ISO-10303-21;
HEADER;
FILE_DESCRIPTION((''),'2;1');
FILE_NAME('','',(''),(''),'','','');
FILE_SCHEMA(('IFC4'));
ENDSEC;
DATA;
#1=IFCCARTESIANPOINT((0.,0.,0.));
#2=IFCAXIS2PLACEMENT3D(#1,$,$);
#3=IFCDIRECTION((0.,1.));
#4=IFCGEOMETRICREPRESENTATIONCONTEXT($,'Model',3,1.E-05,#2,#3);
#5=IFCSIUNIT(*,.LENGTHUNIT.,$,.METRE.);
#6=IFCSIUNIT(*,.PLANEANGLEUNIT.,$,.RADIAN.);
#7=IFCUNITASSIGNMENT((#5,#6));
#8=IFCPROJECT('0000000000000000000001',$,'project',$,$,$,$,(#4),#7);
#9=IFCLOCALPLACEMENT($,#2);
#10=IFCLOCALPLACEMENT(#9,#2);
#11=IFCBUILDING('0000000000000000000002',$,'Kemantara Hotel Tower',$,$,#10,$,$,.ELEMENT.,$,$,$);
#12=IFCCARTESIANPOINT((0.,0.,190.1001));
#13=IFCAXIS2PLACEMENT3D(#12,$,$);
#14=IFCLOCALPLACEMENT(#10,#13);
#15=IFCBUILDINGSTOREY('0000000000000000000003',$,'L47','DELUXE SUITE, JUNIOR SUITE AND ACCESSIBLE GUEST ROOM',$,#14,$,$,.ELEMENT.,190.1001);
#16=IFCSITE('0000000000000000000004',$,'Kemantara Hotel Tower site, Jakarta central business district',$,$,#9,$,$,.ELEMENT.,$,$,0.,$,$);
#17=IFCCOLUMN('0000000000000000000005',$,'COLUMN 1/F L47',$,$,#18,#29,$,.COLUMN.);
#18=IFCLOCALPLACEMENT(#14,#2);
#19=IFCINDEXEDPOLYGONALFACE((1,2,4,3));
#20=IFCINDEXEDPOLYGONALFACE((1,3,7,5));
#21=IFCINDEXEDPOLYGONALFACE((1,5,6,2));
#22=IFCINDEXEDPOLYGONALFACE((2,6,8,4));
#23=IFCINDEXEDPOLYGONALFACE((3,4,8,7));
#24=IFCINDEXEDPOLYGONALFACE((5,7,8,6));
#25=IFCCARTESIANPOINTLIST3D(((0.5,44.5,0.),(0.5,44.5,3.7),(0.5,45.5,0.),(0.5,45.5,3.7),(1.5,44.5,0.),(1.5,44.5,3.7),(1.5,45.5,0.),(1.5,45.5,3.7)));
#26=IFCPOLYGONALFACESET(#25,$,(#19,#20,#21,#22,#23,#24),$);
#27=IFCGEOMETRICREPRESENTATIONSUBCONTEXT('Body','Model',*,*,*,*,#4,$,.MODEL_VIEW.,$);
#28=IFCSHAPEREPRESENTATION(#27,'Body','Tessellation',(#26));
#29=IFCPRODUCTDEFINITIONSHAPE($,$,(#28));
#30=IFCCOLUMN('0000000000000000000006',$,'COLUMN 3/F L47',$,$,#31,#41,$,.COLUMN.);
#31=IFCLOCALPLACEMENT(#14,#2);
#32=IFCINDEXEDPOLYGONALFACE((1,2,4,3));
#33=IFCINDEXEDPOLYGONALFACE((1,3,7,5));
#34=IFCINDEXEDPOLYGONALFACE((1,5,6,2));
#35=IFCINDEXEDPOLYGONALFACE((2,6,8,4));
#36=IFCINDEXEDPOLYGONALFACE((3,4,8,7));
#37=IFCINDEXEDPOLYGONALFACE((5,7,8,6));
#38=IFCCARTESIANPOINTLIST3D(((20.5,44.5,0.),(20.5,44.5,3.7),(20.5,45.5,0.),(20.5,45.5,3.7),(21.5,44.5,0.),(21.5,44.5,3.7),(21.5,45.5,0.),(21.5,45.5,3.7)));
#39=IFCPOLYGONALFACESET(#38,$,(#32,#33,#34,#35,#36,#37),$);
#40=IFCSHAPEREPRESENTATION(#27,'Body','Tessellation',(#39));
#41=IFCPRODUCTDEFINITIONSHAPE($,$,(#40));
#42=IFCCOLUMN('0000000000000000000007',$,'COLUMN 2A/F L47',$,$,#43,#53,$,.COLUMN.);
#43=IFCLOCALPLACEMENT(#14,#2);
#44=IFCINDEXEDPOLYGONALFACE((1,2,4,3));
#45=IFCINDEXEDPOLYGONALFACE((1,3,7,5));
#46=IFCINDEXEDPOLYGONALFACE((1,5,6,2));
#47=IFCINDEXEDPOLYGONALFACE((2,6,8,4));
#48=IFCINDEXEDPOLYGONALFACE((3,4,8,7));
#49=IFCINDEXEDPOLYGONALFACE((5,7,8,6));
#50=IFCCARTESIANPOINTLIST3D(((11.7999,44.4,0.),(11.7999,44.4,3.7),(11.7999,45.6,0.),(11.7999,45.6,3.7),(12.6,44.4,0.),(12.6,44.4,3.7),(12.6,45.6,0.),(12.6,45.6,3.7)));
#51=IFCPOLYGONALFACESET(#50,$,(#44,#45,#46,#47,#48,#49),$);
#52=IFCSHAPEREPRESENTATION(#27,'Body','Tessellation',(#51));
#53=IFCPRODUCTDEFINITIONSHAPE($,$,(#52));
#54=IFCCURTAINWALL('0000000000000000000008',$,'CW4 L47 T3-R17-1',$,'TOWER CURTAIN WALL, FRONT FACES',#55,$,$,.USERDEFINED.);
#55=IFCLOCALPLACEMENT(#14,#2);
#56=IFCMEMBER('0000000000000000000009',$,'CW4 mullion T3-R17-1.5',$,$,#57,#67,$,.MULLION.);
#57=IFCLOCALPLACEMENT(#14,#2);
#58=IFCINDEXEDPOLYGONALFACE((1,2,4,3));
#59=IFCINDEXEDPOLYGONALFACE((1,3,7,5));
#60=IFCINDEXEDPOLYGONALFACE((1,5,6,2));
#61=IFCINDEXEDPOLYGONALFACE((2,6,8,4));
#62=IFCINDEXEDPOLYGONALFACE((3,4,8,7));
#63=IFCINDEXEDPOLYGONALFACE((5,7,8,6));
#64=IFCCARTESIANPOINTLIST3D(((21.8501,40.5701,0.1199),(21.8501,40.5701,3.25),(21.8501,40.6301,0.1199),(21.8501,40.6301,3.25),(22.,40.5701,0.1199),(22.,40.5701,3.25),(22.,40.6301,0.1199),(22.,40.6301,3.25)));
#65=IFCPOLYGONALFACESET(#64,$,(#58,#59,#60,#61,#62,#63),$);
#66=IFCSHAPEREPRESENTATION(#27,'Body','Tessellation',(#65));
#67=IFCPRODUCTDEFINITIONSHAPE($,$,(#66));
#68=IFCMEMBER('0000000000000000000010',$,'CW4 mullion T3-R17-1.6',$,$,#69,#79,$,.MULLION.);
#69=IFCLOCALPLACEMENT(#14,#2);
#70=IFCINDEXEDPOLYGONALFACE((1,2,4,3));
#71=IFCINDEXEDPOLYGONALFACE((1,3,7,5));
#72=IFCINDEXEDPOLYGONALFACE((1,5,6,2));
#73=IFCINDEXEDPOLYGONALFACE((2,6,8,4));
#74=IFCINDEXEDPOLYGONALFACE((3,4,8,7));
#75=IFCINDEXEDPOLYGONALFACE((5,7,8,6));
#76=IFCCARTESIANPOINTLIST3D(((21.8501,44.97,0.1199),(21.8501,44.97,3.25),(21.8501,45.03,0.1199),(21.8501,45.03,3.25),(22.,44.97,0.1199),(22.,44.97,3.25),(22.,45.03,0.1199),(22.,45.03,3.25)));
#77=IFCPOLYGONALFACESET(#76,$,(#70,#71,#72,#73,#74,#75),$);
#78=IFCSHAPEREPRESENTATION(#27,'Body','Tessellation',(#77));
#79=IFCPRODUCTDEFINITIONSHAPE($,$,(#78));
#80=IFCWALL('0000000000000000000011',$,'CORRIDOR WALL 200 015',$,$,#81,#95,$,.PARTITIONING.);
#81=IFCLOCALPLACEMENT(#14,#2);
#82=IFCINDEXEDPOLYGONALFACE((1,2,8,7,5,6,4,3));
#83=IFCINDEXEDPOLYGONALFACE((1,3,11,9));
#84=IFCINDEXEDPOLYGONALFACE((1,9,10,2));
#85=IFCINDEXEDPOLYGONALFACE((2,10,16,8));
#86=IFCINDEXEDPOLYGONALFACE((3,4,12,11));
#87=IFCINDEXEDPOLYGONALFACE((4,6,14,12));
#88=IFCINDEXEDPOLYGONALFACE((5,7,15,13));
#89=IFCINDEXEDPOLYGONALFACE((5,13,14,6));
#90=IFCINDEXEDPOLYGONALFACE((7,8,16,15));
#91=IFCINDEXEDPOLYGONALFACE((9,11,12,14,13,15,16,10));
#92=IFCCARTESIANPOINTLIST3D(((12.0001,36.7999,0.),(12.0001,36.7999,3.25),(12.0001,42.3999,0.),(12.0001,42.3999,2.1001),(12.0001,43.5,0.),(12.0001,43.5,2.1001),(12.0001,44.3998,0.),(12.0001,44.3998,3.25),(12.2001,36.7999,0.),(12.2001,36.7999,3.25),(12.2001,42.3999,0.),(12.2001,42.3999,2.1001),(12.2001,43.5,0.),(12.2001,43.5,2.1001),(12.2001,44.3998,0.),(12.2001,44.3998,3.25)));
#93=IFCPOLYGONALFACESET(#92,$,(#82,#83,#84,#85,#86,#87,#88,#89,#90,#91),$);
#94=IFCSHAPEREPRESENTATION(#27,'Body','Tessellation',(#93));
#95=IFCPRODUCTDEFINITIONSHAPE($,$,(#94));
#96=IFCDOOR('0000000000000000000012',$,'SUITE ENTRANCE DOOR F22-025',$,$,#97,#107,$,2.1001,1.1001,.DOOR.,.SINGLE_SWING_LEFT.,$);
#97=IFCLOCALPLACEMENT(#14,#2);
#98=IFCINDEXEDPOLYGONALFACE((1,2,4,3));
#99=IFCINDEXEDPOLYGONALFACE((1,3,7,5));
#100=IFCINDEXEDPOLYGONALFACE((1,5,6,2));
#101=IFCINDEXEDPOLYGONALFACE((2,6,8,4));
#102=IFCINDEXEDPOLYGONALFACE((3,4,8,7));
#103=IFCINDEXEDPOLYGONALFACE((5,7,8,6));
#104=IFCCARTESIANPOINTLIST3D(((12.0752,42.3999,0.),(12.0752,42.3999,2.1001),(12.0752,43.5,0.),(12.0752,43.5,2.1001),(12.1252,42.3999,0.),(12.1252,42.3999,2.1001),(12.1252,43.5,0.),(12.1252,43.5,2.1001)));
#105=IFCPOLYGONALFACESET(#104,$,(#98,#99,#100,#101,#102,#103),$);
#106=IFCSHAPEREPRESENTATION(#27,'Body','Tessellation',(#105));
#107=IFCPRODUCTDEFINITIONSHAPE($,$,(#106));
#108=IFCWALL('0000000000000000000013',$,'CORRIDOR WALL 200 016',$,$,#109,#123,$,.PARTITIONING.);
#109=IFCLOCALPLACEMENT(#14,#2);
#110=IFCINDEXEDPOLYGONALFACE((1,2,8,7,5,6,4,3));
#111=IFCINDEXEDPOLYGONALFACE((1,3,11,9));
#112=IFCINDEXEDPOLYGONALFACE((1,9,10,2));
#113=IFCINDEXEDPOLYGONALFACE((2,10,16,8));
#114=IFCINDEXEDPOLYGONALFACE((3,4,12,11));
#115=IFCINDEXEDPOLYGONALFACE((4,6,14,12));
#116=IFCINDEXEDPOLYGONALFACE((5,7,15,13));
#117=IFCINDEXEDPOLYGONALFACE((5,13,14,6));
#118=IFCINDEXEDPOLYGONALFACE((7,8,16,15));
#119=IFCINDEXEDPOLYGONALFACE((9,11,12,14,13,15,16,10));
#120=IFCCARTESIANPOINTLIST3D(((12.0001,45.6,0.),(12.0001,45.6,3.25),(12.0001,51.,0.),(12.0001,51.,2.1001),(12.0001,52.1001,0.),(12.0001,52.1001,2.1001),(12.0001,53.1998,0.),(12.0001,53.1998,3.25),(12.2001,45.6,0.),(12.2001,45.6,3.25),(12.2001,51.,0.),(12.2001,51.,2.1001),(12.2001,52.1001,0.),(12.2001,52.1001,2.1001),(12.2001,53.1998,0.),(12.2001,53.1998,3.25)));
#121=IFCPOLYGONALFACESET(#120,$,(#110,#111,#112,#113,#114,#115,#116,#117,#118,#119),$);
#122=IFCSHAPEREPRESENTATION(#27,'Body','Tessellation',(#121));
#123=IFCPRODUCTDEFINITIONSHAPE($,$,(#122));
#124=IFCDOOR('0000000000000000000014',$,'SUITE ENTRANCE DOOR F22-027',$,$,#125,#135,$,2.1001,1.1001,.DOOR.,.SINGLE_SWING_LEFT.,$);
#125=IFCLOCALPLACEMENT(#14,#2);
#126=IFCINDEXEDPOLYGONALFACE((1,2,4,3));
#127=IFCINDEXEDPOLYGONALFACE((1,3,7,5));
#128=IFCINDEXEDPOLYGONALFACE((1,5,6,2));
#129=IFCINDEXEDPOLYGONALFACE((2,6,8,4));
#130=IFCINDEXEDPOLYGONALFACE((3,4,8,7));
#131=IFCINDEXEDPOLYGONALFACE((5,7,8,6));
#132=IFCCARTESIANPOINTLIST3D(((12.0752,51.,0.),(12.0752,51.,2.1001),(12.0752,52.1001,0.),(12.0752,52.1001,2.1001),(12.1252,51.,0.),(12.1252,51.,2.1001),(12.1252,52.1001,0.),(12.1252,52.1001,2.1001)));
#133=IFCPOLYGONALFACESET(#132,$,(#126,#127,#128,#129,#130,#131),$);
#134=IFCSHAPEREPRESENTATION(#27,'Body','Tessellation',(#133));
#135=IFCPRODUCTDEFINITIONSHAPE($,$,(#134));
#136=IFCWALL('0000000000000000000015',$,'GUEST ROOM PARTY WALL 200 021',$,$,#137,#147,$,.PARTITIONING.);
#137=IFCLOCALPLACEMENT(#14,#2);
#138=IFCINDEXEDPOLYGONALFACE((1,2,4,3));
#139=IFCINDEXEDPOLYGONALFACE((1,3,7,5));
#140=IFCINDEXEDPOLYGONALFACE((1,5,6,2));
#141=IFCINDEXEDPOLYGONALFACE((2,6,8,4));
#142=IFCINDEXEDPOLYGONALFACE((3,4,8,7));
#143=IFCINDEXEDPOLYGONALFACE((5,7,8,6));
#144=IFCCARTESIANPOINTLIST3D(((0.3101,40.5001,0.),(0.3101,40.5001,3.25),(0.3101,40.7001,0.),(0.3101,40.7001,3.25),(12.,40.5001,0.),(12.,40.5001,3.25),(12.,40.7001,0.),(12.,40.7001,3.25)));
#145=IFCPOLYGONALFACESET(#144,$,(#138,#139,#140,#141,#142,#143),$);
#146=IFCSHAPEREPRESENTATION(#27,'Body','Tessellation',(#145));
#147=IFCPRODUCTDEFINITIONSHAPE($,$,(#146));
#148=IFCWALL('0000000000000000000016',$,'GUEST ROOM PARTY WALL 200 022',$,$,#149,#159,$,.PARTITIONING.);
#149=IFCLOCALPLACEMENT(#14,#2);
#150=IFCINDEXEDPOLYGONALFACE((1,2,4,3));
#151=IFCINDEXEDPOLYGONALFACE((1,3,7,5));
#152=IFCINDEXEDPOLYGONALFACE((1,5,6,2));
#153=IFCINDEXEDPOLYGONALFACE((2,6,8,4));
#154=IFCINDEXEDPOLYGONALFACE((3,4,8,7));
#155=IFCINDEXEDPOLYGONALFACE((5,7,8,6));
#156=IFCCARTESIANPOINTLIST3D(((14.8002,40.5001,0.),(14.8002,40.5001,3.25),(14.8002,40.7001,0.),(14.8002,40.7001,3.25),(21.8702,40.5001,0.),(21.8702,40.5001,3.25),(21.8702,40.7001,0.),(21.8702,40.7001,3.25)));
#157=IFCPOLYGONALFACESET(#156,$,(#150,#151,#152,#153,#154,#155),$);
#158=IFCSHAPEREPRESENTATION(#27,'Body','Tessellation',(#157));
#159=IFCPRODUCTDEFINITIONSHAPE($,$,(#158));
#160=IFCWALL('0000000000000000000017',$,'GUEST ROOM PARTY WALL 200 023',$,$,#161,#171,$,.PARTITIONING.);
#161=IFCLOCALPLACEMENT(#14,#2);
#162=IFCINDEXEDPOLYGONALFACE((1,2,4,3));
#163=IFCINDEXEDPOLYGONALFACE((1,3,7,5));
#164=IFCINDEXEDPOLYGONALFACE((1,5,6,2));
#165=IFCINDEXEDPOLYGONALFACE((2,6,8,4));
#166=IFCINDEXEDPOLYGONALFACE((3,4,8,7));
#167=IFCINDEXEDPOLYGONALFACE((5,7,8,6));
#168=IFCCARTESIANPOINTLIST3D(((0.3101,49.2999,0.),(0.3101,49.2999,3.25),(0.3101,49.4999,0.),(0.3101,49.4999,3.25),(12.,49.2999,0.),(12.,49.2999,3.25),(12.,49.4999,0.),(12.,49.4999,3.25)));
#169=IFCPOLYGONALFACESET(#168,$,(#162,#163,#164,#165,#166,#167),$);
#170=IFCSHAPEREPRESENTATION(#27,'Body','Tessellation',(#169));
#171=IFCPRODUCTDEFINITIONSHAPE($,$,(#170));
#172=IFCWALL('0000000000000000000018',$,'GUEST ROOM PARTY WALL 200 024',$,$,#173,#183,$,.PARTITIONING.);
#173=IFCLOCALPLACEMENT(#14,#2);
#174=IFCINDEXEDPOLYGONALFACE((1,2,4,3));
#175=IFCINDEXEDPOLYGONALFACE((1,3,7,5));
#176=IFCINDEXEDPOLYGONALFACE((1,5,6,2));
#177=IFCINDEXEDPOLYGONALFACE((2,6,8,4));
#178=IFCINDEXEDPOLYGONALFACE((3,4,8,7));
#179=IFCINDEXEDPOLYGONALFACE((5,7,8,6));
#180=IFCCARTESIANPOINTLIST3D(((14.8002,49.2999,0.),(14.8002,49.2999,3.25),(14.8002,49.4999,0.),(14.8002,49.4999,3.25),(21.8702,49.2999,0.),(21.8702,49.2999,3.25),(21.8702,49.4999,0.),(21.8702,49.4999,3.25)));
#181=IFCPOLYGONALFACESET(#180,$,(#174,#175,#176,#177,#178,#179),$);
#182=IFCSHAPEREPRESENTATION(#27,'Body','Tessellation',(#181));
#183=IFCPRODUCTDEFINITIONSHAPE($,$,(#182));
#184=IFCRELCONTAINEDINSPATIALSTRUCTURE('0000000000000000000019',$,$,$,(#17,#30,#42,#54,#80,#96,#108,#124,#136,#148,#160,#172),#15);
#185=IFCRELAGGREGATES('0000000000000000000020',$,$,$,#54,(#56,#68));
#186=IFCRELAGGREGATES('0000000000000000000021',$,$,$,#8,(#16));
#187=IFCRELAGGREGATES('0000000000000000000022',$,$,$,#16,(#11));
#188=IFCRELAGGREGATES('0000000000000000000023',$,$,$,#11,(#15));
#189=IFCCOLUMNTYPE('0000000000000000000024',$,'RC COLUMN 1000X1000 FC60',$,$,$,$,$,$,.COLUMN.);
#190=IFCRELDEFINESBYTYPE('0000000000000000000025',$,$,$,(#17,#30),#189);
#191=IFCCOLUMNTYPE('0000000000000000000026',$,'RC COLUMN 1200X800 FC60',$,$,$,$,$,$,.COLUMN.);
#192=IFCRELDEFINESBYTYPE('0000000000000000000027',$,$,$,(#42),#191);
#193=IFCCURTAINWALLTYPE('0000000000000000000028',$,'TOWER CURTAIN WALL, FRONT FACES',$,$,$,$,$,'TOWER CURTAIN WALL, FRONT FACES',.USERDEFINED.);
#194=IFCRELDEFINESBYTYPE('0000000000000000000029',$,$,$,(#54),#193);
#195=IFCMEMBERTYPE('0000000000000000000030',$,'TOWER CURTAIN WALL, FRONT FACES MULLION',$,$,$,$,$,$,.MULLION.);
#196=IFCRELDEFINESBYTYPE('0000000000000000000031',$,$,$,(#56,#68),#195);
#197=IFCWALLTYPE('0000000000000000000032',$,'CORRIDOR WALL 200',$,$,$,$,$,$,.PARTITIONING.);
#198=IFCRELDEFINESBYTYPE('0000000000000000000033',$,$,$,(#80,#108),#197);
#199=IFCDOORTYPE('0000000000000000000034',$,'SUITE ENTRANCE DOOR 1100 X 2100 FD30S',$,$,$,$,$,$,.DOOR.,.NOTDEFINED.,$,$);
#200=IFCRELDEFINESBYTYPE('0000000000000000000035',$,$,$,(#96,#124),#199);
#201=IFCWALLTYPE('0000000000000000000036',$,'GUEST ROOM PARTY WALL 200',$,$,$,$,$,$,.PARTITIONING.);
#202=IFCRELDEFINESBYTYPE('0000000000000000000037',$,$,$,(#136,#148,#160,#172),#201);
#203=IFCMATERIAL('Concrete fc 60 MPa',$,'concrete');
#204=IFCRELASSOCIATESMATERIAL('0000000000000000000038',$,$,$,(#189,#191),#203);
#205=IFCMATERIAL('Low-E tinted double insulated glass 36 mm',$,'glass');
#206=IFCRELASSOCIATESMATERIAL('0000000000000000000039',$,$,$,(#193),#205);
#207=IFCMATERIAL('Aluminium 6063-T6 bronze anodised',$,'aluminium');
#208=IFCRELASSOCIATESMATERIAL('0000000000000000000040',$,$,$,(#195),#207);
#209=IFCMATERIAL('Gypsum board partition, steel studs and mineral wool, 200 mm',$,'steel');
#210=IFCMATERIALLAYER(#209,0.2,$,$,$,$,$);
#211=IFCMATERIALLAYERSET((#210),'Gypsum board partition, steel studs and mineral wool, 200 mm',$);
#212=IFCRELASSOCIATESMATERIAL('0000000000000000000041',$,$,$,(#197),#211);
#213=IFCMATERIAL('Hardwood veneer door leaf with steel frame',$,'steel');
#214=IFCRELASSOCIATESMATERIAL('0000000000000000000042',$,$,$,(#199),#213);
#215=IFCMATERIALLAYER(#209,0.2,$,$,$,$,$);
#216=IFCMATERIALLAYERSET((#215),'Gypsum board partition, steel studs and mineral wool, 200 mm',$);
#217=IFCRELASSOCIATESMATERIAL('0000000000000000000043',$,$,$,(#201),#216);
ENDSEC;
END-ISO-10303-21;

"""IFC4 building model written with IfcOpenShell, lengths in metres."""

from ifc_helpers import new_model, si_unit, direction, frame, frame_2d, origin, origin_2d, place, context, subcontext, project, spatial, rectangle, extrude, source, transform, mapped, material, layer, layer_set, material_profile, profile_set, type_object, element, fill, aggregate, save


model = new_model("IFC4")

# Units and contexts
model_context = context("Model", 3, precision=1e-05, world=origin(), true_north=direction((0.0, 1.0)))
body_context = subcontext(model_context, "Body", "Model", "MODEL_VIEW")
ifc_project = project(units=[si_unit("LENGTHUNIT", "METRE"), si_unit("PLANEANGLEUNIT", "RADIAN")], contexts=[model_context])

# Site, building, storey
site_placement = place(None, origin())
site = spatial("IfcSite", under=ifc_project, at=site_placement, Name="Kemantara Hotel Tower site, Jakarta central business district", CompositionType="ELEMENT", RefElevation=0.0)
building_placement = place(site_placement, origin())
building = spatial("IfcBuilding", under=site, at=building_placement, Name="Kemantara Hotel Tower", CompositionType="ELEMENT")
storey_placement = place(building_placement, frame((0.0, 0.0, 190.1001)))
storey = spatial("IfcBuildingStorey", under=building, at=storey_placement, Name="L47", Description="DELUXE SUITE, JUNIOR SUITE AND ACCESSIBLE GUEST ROOM", CompositionType="ELEMENT", Elevation=190.1001)

# Columns
ifc_material_1 = material(Name="Concrete fc 60 MPa", Category="concrete")
ifc_material_profile_1 = material_profile(ifc_material_1, rectangle(XDim=1.0, YDim=1.0, at=origin_2d()), Name="RC 1000X1000")
ifc_profile_set_1 = profile_set([ifc_material_profile_1], Name="Concrete fc 60 MPa")
column_type_1 = type_object("IfcColumnType", Name="RC COLUMN 1000X1000 FC60", PredefinedType="COLUMN", material=ifc_profile_set_1)
for number, where, z_axis, x_axis, name in (
    (1, (1.0, 45.0, 0.0), (0.0, 0.0, 1.0), (1.0, 0.0, 0.0), "COLUMN 1/F L47"),
    (2, (21.0, 45.0, 0.0), (0.0, 0.0, 1.0), (1.0, 0.0, 0.0), "COLUMN 3/F L47"),
):
    element("IfcColumn", number, at=place(storey_placement, frame(where, z_axis=z_axis, x_axis=x_axis)), inside=storey, type_object=column_type_1, Name=name, PredefinedType="COLUMN", context=body_context, shape_type="SweptSolid", body=[
        extrude(rectangle(XDim=1.0, YDim=1.0, at=origin_2d()), origin(), (0.0, 0.0, 1.0), 3.7),
    ])
ifc_material_profile_2 = material_profile(ifc_material_1, rectangle(XDim=1.2, YDim=0.8, at=origin_2d()), Name="RC 1200X800")
ifc_profile_set_2 = profile_set([ifc_material_profile_2], Name="Concrete fc 60 MPa")
column_type_2 = type_object("IfcColumnType", Name="RC COLUMN 1200X800 FC60", PredefinedType="COLUMN", material=ifc_profile_set_2)
column_placement = place(storey_placement, frame((12.2, 45.0, 0.0), z_axis=(0.0, 0.0, 1.0), x_axis=(0.0, 1.0, 0.0)))
element("IfcColumn", 3, at=column_placement, inside=storey, type_object=column_type_2, Name="COLUMN 2A/F L47", PredefinedType="COLUMN", context=body_context, shape_type="SweptSolid", body=[
    extrude(rectangle(XDim=1.2, YDim=0.8, at=origin_2d()), origin(), (0.0, 0.0, 1.0), 3.7),
])

# Curtain wall, members
ifc_material_2 = material(Name="Low-E tinted double insulated glass 36 mm", Category="glass")
curtain_wall_type = type_object("IfcCurtainWallType", Name="TOWER CURTAIN WALL, FRONT FACES", ElementType="TOWER CURTAIN WALL, FRONT FACES", PredefinedType="USERDEFINED", material=ifc_material_2)
curtain_wall_placement = place(storey_placement, origin())
curtain_wall = element("IfcCurtainWall", 4, at=curtain_wall_placement, inside=storey, type_object=curtain_wall_type, Name="CW4 L47 T3-R17-1", ObjectType="TOWER CURTAIN WALL, FRONT FACES", PredefinedType="USERDEFINED")
ifc_material_3 = material(Name="Aluminium 6063-T6 bronze anodised", Category="aluminium")
ifc_material_profile_3 = material_profile(ifc_material_3, rectangle(XDim=0.1499, YDim=0.0601, at=origin_2d()), Name="TOWER CURTAIN WALL, FRONT FACES MULLION")
ifc_profile_set_3 = profile_set([ifc_material_profile_3], Name="Aluminium 6063-T6 bronze anodised")
member_type = type_object("IfcMemberType", Name="TOWER CURTAIN WALL, FRONT FACES MULLION", PredefinedType="MULLION", material=ifc_profile_set_3)
shared_shape_1 = source(origin(), body_context, "Body", "SweptSolid", [
    extrude(rectangle(XDim=0.1499, YDim=0.0601, at=origin_2d()), origin(), (0.0, 0.0, 1.0), 3.1301),
])
member_1_placement = place(storey_placement, frame((21.925, 40.6001, 0.1199), z_axis=(0.0, 0.0, 1.0), x_axis=(-1.0, 0.0, 0.0)))
member_1 = element("IfcMember", 5, at=member_1_placement, type_object=member_type, Name="CW4 mullion T3-R17-1.5", PredefinedType="MULLION", context=body_context, shape_type="MappedRepresentation", body=[
    mapped(shared_shape_1, transform((0.0, 0.0, 0.0))),
])
member_2_placement = place(storey_placement, frame((21.925, 45.0, 0.1199), z_axis=(0.0, 0.0, 1.0), x_axis=(-1.0, 0.0, 0.0)))
member_2 = element("IfcMember", 6, at=member_2_placement, type_object=member_type, Name="CW4 mullion T3-R17-1.6", PredefinedType="MULLION", context=body_context, shape_type="MappedRepresentation", body=[
    mapped(shared_shape_1, transform((0.0, 0.0, 0.0))),
])
aggregate(curtain_wall, [member_1, member_2])

# Walls, openings, doors
ifc_material_4 = material(Name="Gypsum board partition, steel studs and mineral wool, 200 mm", Category="steel")
ifc_layer_1 = layer(ifc_material_4, 0.2)
ifc_layer_set_1 = layer_set([ifc_layer_1], Name="Gypsum board partition, steel studs and mineral wool, 200 mm")
wall_type_1 = type_object("IfcWallType", Name="CORRIDOR WALL 200", PredefinedType="PARTITIONING", material=ifc_layer_set_1)
wall_1_placement = place(storey_placement, frame((12.1001, 36.8, 0.0), z_axis=(0.0, 0.0, 1.0), x_axis=(0.0, 1.0, 0.0)))
wall_1 = element("IfcWall", 7, at=wall_1_placement, inside=storey, type_object=wall_type_1, Name="CORRIDOR WALL 200 015", PredefinedType="PARTITIONING", context=body_context, shape_type="SweptSolid", body=[
    extrude(rectangle(XDim=7.5999, YDim=0.2, at=frame_2d((3.7998, 0.0))), origin(), (0.0, 0.0, 1.0), 3.25),
])
opening_1_placement = place(wall_1_placement, frame((5.5999, 0.0, 0.0)))
opening_1 = element("IfcOpeningElement", 8, at=opening_1_placement, cuts=wall_1, PredefinedType="OPENING", context=body_context, shape_type="SweptSolid", body=[
    extrude(rectangle(XDim=1.1001, YDim=2.1001, at=frame_2d((0.55, 1.05))), frame((0.0, 0.1099, 0.0), z_axis=(0.0, -1.0, 0.0), x_axis=(1.0, 0.0, 0.0)), (0.0, 0.0, 1.0), 0.22),
])
ifc_material_5 = material(Name="Hardwood veneer door leaf with steel frame", Category="steel")
door_type_1 = type_object("IfcDoorType", Name="SUITE ENTRANCE DOOR 1100 X 2100 FD30S", OperationType="NOTDEFINED", PredefinedType="DOOR", material=ifc_material_5)
door_1_placement = place(opening_1_placement, origin())
door_1 = element("IfcDoor", 9, at=door_1_placement, inside=storey, type_object=door_type_1, Name="SUITE ENTRANCE DOOR F22-025", OperationType="SINGLE_SWING_LEFT", OverallHeight=2.1001, OverallWidth=1.1001, PredefinedType="DOOR", context=body_context, shape_type="SweptSolid", body=[
    extrude(rectangle(XDim=1.1001, YDim=2.1001, at=frame_2d((0.55, 1.05))), frame((0.0, 0.0249, 0.0), z_axis=(0.0, -1.0, 0.0), x_axis=(1.0, 0.0, 0.0)), (0.0, 0.0, 1.0), 0.05),
])
fill(opening_1, door_1)
wall_2_placement = place(storey_placement, frame((12.1001, 45.6001, 0.0), z_axis=(0.0, 0.0, 1.0), x_axis=(0.0, 1.0, 0.0)))
wall_2 = element("IfcWall", 10, at=wall_2_placement, inside=storey, type_object=wall_type_1, Name="CORRIDOR WALL 200 016", PredefinedType="PARTITIONING", context=body_context, shape_type="SweptSolid", body=[
    extrude(rectangle(XDim=7.5999, YDim=0.2, at=frame_2d((3.7998, 0.0))), origin(), (0.0, 0.0, 1.0), 3.25),
])
opening_2_placement = place(wall_2_placement, frame((5.3999, 0.0, 0.0)))
opening_2 = element("IfcOpeningElement", 11, at=opening_2_placement, cuts=wall_2, PredefinedType="OPENING", context=body_context, shape_type="SweptSolid", body=[
    extrude(rectangle(XDim=1.1001, YDim=2.1001, at=frame_2d((0.55, 1.05))), frame((0.0, 0.1099, 0.0), z_axis=(0.0, -1.0, 0.0), x_axis=(1.0, 0.0, 0.0)), (0.0, 0.0, 1.0), 0.22),
])
door_2_placement = place(opening_2_placement, origin())
door_2 = element("IfcDoor", 12, at=door_2_placement, inside=storey, type_object=door_type_1, Name="SUITE ENTRANCE DOOR F22-027", OperationType="SINGLE_SWING_LEFT", OverallHeight=2.1001, OverallWidth=1.1001, PredefinedType="DOOR", context=body_context, shape_type="SweptSolid", body=[
    extrude(rectangle(XDim=1.1001, YDim=2.1001, at=frame_2d((0.55, 1.05))), frame((0.0, 0.0249, 0.0), z_axis=(0.0, -1.0, 0.0), x_axis=(1.0, 0.0, 0.0)), (0.0, 0.0, 1.0), 0.05),
])
fill(opening_2, door_2)

# Walls
ifc_layer_2 = layer(ifc_material_4, 0.2)
ifc_layer_set_2 = layer_set([ifc_layer_2], Name="Gypsum board partition, steel studs and mineral wool, 200 mm")
wall_type_2 = type_object("IfcWallType", Name="GUEST ROOM PARTY WALL 200", PredefinedType="PARTITIONING", material=ifc_layer_set_2)
wall_3_placement = place(storey_placement, frame((0.3101, 40.6001, 0.0), z_axis=(0.0, 0.0, 1.0), x_axis=(1.0, 0.0, 0.0)))
element("IfcWall", 13, at=wall_3_placement, inside=storey, type_object=wall_type_2, Name="GUEST ROOM PARTY WALL 200 021", PredefinedType="PARTITIONING", context=body_context, shape_type="SweptSolid", body=[
    extrude(rectangle(XDim=11.6899, YDim=0.2, at=frame_2d((5.845, 0.0))), origin(), (0.0, 0.0, 1.0), 3.25),
])
wall_4_placement = place(storey_placement, frame((14.8, 40.6001, 0.0), z_axis=(0.0, 0.0, 1.0), x_axis=(1.0, 0.0, 0.0)))
element("IfcWall", 14, at=wall_4_placement, inside=storey, type_object=wall_type_2, Name="GUEST ROOM PARTY WALL 200 022", PredefinedType="PARTITIONING", context=body_context, shape_type="SweptSolid", body=[
    extrude(rectangle(XDim=7.0701, YDim=0.2, at=frame_2d((3.5352, 0.0))), origin(), (0.0, 0.0, 1.0), 3.25),
])
wall_5_placement = place(storey_placement, frame((0.3101, 49.3999, 0.0), z_axis=(0.0, 0.0, 1.0), x_axis=(1.0, 0.0, 0.0)))
element("IfcWall", 15, at=wall_5_placement, inside=storey, type_object=wall_type_2, Name="GUEST ROOM PARTY WALL 200 023", PredefinedType="PARTITIONING", context=body_context, shape_type="SweptSolid", body=[
    extrude(rectangle(XDim=11.6899, YDim=0.2, at=frame_2d((5.845, 0.0))), origin(), (0.0, 0.0, 1.0), 3.25),
])
wall_6_placement = place(storey_placement, frame((14.8, 49.3999, 0.0), z_axis=(0.0, 0.0, 1.0), x_axis=(1.0, 0.0, 0.0)))
element("IfcWall", 16, at=wall_6_placement, inside=storey, type_object=wall_type_2, Name="GUEST ROOM PARTY WALL 200 024", PredefinedType="PARTITIONING", context=body_context, shape_type="SweptSolid", body=[
    extrude(rectangle(XDim=7.0701, YDim=0.2, at=frame_2d((3.5352, 0.0))), origin(), (0.0, 0.0, 1.0), 3.25),
])

save(model, "model.ifc")
